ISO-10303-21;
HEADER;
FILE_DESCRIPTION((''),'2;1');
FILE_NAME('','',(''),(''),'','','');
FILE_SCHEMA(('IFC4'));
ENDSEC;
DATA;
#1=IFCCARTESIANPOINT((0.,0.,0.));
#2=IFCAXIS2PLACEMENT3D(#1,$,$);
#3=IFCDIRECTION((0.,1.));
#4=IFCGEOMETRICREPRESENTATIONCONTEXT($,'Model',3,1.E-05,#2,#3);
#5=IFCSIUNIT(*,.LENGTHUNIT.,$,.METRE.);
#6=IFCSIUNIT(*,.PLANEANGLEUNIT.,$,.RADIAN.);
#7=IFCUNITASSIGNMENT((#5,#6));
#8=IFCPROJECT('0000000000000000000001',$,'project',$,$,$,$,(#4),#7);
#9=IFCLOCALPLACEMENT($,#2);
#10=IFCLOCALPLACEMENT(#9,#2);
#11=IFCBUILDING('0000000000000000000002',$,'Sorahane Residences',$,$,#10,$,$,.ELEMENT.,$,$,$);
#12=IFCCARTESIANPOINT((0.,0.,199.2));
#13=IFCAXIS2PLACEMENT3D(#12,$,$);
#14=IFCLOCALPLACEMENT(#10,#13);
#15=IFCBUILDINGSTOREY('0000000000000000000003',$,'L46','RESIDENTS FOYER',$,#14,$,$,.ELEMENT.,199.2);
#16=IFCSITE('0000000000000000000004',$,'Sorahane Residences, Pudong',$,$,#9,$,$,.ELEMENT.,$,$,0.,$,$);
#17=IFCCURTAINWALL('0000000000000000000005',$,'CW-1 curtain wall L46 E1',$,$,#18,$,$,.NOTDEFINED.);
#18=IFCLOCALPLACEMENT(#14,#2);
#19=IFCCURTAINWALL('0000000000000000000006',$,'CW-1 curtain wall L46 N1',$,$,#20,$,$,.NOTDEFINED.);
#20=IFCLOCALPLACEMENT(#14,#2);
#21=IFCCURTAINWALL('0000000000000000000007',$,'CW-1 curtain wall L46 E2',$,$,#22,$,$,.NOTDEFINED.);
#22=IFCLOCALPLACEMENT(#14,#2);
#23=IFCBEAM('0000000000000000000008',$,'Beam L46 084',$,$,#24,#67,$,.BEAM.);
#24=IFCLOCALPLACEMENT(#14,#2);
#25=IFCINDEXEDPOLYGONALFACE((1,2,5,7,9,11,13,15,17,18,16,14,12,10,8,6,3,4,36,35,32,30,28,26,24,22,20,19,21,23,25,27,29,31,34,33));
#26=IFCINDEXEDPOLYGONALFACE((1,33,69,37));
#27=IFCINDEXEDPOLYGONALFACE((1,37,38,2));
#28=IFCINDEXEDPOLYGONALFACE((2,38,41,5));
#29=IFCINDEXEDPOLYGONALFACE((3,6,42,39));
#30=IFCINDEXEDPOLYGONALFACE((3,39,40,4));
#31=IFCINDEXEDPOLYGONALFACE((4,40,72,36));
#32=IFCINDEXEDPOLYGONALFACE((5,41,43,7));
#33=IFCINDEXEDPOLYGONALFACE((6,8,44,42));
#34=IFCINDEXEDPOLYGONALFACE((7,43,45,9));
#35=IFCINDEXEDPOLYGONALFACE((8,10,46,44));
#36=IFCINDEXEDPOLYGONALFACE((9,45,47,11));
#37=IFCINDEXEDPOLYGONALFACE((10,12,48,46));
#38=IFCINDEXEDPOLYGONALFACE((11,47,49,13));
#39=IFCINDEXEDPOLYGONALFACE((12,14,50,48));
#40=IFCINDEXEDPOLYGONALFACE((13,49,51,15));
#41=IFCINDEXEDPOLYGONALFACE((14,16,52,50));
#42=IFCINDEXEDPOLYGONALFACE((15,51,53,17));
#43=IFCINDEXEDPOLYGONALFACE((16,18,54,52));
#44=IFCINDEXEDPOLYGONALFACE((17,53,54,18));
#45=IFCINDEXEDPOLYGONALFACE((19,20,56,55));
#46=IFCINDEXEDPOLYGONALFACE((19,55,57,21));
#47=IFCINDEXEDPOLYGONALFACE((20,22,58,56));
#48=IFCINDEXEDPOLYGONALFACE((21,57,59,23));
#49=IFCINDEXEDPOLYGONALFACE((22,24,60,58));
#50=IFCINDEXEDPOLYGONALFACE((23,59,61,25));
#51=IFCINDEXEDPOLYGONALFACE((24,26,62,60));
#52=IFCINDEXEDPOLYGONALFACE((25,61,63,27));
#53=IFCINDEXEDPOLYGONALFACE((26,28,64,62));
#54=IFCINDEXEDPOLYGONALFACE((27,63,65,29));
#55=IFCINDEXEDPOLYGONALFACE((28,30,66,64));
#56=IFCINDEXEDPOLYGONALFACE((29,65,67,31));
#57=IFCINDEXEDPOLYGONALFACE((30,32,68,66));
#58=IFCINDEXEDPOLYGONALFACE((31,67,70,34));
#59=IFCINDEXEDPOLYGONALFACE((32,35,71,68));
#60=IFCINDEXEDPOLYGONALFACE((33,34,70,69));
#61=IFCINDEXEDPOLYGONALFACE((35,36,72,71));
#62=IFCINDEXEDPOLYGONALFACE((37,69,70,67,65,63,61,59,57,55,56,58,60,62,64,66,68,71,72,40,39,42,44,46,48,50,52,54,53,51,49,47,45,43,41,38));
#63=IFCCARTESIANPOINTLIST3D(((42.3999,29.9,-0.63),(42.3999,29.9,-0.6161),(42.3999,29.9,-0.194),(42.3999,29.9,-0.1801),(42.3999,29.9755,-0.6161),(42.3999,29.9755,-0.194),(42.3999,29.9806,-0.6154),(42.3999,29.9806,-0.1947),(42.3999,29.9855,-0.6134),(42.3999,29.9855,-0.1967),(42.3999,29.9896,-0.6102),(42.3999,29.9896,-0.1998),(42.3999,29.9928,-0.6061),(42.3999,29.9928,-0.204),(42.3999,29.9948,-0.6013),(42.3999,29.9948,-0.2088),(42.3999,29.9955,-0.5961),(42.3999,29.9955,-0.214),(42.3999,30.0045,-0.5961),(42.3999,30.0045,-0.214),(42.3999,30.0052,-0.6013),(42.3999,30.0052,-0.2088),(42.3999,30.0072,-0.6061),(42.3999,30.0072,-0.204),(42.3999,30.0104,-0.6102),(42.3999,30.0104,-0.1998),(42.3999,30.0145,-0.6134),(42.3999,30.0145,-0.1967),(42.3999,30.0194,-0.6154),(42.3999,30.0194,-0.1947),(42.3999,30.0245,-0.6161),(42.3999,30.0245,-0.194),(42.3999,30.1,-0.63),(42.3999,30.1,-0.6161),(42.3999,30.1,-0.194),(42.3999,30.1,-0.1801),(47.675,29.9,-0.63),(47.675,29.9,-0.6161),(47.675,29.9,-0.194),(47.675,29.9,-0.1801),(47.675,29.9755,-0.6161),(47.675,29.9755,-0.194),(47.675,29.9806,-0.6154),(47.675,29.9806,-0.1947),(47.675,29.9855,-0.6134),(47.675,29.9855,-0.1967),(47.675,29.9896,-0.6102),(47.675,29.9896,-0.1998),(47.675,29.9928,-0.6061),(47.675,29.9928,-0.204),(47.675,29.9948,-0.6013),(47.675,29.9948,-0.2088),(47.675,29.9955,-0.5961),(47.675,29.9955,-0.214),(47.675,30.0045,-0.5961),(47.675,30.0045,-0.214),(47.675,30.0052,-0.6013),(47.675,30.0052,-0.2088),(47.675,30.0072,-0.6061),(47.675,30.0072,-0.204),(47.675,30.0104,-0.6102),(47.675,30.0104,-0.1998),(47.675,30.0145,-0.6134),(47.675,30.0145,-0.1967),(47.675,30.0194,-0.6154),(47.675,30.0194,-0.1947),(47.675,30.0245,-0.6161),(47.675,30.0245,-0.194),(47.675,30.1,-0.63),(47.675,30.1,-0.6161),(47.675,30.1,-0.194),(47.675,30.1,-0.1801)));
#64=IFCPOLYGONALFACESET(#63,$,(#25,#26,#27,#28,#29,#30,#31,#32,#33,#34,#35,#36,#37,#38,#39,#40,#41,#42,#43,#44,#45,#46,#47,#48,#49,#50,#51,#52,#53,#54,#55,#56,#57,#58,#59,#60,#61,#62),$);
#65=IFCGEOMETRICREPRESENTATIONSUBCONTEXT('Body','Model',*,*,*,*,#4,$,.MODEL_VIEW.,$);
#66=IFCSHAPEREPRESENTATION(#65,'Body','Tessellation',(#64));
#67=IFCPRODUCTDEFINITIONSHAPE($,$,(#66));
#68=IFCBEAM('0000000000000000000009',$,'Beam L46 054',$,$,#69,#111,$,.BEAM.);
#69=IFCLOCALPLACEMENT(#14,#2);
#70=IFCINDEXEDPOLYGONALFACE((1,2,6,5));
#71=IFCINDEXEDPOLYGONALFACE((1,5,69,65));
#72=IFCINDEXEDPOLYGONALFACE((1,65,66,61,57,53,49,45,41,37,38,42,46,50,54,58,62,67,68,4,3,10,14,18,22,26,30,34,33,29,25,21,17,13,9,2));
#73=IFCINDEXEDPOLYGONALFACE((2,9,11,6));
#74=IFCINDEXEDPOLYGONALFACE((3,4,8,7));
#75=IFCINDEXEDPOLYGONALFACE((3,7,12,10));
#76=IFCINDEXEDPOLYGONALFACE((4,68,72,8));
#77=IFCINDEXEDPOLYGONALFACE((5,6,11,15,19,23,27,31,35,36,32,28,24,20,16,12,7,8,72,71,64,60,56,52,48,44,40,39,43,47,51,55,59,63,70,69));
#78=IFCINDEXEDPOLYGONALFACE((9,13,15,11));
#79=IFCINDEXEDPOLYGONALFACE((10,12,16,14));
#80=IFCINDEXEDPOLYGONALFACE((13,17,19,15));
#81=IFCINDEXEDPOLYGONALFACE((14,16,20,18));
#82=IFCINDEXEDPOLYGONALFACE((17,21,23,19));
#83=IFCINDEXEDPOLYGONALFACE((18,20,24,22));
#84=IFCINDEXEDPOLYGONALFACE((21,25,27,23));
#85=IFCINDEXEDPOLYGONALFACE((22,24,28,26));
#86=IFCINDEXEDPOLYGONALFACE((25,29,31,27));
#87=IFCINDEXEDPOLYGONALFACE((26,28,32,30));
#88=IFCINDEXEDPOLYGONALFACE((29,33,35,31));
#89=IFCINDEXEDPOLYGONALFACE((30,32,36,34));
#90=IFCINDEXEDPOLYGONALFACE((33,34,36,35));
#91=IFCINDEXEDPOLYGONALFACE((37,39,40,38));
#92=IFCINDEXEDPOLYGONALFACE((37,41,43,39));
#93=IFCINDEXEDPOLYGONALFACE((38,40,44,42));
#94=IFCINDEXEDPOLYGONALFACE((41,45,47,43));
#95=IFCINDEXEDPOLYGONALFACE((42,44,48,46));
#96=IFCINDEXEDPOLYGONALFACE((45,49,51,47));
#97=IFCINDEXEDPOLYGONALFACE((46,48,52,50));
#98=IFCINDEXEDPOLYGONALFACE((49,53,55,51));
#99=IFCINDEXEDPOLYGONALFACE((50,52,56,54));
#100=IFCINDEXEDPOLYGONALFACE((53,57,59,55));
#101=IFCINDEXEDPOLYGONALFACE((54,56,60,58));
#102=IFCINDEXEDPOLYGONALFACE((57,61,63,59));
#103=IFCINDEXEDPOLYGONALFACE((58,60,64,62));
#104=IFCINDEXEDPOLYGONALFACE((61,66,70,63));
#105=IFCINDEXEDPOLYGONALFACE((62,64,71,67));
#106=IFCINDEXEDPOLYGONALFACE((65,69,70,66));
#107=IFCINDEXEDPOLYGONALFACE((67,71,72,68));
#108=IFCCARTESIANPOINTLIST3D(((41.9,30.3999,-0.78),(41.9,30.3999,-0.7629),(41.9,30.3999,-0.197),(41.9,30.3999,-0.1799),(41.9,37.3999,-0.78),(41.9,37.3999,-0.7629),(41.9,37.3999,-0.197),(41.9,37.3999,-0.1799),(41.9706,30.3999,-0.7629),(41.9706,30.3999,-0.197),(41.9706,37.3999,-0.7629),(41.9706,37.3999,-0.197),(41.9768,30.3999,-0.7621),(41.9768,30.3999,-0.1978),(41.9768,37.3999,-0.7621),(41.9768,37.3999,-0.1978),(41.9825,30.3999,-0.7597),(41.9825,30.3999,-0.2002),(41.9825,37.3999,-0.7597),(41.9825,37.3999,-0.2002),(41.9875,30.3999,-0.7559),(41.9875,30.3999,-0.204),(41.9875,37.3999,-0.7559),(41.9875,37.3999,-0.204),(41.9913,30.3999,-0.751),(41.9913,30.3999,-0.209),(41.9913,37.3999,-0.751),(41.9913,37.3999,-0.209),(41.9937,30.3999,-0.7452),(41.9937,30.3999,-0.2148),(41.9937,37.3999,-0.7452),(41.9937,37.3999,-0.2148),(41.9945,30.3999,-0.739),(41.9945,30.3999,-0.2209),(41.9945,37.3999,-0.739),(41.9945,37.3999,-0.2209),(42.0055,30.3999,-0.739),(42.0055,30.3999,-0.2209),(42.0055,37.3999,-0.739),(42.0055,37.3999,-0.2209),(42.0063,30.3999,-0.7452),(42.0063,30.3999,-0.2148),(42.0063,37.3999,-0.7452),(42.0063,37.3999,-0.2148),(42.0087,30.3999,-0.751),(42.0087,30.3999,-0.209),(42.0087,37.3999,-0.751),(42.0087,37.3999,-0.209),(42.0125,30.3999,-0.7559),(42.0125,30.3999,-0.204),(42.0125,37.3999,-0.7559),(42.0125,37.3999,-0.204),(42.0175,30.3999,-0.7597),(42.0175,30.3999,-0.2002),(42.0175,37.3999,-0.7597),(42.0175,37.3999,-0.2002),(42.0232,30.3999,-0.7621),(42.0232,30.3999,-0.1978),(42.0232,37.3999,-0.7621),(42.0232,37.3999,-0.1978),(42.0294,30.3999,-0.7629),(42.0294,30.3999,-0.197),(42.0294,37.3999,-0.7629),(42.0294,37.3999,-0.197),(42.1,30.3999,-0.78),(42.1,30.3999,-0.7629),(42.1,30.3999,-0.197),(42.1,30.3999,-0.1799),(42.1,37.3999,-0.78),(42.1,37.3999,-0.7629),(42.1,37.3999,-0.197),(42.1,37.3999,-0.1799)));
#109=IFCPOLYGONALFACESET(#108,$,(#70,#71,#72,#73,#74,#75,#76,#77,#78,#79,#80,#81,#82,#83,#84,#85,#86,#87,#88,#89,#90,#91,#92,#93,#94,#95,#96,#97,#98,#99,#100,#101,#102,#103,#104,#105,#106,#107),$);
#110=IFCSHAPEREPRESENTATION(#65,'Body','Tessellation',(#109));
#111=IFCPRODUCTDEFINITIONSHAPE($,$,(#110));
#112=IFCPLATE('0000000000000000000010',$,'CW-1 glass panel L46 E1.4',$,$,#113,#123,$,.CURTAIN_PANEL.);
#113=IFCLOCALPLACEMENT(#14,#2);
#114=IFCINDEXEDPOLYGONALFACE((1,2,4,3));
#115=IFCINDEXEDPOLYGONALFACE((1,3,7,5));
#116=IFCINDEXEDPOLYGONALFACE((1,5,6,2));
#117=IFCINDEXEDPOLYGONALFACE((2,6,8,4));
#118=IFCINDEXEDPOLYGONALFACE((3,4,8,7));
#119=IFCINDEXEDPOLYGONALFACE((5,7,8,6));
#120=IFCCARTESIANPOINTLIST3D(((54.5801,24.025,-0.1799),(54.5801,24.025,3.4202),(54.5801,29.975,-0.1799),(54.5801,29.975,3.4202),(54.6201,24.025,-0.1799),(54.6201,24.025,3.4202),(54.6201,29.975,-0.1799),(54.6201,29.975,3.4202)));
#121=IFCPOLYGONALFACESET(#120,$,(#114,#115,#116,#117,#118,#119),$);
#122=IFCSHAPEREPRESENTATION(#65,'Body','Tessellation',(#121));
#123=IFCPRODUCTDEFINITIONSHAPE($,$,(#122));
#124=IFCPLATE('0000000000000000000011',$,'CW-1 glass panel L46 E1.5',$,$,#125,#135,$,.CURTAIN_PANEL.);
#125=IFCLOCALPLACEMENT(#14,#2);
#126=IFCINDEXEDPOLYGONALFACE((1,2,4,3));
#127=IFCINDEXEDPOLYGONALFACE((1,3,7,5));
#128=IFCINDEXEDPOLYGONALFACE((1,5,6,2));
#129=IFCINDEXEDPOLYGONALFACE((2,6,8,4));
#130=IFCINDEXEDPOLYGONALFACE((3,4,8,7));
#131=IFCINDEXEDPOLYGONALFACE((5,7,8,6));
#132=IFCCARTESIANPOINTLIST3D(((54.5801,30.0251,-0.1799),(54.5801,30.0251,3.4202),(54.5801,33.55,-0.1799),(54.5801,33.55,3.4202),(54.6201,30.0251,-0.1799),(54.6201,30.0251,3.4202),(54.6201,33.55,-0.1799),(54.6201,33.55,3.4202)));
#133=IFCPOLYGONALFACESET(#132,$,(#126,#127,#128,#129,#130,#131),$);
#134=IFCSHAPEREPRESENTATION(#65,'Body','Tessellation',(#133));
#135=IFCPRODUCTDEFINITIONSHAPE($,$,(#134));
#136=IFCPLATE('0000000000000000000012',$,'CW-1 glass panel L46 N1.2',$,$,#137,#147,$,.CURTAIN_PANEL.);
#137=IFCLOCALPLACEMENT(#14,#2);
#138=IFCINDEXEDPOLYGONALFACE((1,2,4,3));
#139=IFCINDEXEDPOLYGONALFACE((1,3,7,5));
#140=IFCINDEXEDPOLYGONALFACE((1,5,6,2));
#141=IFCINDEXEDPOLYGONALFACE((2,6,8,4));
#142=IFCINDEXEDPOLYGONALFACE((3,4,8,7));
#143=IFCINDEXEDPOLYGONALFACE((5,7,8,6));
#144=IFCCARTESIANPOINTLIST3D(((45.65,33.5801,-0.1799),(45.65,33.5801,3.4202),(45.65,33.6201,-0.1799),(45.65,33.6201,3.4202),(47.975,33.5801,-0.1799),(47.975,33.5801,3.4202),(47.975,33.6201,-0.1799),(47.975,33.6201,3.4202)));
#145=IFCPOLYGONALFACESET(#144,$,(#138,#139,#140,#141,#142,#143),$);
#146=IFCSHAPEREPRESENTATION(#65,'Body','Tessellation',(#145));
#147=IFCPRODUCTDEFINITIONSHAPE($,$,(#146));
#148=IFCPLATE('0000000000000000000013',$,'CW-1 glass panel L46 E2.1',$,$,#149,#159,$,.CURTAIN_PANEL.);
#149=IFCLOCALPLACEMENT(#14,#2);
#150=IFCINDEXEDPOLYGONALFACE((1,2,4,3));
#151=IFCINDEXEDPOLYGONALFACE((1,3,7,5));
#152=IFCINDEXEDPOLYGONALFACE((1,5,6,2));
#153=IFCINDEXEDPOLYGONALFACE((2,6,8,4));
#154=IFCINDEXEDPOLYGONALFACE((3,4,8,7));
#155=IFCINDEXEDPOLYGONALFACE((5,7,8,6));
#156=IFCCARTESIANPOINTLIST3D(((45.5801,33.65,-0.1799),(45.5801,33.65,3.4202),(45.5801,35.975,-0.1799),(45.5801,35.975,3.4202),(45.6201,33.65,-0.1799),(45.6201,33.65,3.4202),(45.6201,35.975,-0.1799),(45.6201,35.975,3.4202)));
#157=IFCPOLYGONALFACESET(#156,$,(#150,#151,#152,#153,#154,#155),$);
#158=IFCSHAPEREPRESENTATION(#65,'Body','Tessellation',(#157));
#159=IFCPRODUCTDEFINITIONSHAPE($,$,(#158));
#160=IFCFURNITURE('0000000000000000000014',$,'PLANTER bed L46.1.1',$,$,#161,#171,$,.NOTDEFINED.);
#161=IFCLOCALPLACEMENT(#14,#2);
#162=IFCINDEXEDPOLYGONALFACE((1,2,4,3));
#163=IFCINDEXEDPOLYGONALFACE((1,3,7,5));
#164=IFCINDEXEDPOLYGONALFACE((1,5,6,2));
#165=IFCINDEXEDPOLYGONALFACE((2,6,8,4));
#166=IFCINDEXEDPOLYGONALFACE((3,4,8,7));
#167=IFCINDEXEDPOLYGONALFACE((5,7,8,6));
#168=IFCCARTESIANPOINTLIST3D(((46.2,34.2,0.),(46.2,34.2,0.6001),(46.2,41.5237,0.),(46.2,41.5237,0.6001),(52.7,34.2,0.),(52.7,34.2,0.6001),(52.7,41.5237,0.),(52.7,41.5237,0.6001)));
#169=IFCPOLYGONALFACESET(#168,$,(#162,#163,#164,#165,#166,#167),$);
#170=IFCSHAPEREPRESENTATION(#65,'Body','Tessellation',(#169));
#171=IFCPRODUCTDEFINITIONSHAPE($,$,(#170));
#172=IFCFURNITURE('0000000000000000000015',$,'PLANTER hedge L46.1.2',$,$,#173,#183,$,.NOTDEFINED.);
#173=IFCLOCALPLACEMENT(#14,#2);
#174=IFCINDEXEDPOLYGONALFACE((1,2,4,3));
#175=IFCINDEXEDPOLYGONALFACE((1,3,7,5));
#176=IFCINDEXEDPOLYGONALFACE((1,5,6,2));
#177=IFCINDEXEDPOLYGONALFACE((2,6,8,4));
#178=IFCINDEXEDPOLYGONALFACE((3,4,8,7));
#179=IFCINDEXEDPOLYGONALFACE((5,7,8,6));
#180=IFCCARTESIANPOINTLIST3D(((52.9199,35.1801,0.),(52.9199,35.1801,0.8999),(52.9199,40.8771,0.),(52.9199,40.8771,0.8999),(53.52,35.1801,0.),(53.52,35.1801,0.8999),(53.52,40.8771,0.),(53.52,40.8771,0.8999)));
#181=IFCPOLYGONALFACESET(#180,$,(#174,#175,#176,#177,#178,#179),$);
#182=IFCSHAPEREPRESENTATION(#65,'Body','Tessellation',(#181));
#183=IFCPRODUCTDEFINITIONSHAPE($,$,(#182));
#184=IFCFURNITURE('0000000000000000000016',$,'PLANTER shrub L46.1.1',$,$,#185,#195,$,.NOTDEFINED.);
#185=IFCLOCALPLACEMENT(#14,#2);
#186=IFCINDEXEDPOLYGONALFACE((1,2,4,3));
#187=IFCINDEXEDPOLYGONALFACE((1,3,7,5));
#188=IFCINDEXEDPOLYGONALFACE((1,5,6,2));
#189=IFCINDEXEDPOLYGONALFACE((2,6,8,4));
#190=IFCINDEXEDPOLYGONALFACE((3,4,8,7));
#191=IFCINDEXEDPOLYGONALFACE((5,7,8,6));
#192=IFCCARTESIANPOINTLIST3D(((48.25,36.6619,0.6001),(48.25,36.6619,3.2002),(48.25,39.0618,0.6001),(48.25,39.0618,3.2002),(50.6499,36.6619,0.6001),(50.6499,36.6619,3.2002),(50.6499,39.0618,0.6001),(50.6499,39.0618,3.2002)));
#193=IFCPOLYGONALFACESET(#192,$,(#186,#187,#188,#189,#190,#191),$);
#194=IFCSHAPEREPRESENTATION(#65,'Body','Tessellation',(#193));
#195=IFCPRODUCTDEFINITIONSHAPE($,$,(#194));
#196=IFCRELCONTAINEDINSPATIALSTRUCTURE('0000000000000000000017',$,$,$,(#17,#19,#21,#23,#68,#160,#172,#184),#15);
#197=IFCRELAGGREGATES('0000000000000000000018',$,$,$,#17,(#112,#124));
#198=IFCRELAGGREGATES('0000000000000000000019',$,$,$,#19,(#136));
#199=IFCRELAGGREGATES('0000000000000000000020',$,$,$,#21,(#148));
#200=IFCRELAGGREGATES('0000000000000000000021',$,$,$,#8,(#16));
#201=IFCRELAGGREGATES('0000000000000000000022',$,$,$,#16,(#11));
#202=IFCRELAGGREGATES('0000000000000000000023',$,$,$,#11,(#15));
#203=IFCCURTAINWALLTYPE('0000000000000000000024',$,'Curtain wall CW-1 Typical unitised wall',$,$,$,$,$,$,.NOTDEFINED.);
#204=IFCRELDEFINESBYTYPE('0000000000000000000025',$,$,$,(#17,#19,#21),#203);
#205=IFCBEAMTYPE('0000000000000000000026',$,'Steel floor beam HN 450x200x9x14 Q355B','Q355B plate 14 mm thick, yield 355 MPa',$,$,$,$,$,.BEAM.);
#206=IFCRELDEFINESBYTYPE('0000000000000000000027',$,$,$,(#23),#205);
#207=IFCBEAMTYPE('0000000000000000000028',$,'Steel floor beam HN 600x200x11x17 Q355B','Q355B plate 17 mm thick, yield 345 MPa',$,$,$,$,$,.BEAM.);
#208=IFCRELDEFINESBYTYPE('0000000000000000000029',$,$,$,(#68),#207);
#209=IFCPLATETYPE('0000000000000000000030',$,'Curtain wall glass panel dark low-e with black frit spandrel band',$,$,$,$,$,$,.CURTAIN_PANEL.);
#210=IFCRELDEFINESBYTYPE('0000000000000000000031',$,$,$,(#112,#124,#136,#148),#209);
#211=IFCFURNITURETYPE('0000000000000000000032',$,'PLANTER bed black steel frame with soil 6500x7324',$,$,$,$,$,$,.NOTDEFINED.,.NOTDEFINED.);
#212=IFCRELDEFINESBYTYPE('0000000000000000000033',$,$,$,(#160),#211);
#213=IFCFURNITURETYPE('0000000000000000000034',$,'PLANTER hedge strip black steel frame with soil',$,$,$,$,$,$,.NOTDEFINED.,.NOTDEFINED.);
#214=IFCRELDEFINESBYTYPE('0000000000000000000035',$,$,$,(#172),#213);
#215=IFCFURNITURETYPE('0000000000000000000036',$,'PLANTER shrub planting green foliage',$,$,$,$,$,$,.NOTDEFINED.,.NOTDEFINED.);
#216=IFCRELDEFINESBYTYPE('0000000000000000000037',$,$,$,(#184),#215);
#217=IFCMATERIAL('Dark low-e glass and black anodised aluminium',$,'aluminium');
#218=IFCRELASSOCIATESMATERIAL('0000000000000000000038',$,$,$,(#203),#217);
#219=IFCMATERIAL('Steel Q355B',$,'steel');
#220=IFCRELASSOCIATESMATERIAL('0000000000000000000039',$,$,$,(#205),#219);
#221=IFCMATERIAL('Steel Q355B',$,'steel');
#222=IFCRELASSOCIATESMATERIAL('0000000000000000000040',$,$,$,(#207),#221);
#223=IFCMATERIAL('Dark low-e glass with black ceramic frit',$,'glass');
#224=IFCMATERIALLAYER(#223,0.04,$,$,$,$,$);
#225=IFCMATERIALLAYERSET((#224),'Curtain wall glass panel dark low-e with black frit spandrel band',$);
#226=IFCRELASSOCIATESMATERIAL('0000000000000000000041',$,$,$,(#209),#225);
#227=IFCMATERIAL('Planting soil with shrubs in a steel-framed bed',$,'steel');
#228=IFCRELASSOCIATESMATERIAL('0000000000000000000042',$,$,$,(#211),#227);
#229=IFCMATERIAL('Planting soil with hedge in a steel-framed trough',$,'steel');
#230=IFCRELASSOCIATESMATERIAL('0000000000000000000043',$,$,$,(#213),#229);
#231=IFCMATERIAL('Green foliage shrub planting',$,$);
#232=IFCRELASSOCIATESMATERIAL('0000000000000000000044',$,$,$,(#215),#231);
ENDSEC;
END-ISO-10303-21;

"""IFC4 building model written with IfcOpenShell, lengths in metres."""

from ifc_helpers import new_model, si_unit, direction, frame, origin, origin_2d, place, context, subcontext, project, spatial, rectangle, i_section, extrude, material, layer, layer_set, material_profile, profile_set, type_object, element, aggregate, save


model = new_model("IFC4")

# Units and contexts
model_context = context("Model", 3, precision=1e-05, world=origin(), true_north=direction((0.0, 1.0)))
body_context = subcontext(model_context, "Body", "Model", "MODEL_VIEW")
ifc_project = project(units=[si_unit("LENGTHUNIT", "METRE"), si_unit("PLANEANGLEUNIT", "RADIAN")], contexts=[model_context])

# Site, building, storey
site_placement = place(None, origin())
site = spatial("IfcSite", under=ifc_project, at=site_placement, Name="Sorahane Residences, Pudong", CompositionType="ELEMENT", RefElevation=0.0)
building_placement = place(site_placement, origin())
building = spatial("IfcBuilding", under=site, at=building_placement, Name="Sorahane Residences", CompositionType="ELEMENT")
storey_placement = place(building_placement, frame((0.0, 0.0, 199.2)))
storey = spatial("IfcBuildingStorey", under=building, at=storey_placement, Name="L46", Description="RESIDENTS FOYER", CompositionType="ELEMENT", Elevation=199.2)

# Curtain walls
ifc_material_1 = material(Name="Dark low-e glass and black anodised aluminium", Category="aluminium")
curtain_wall_type = type_object("IfcCurtainWallType", Name="Curtain wall CW-1 Typical unitised wall", PredefinedType="NOTDEFINED", material=ifc_material_1)
curtain_wall_1_placement = place(storey_placement, origin())
curtain_wall_1 = element("IfcCurtainWall", 1, at=curtain_wall_1_placement, inside=storey, type_object=curtain_wall_type, Name="CW-1 curtain wall L46 E1", PredefinedType="NOTDEFINED")
curtain_wall_2_placement = place(storey_placement, origin())
curtain_wall_2 = element("IfcCurtainWall", 2, at=curtain_wall_2_placement, inside=storey, type_object=curtain_wall_type, Name="CW-1 curtain wall L46 N1", PredefinedType="NOTDEFINED")

# Curtain wall
curtain_wall_3_placement = place(storey_placement, origin())
curtain_wall_3 = element("IfcCurtainWall", 3, at=curtain_wall_3_placement, inside=storey, type_object=curtain_wall_type, Name="CW-1 curtain wall L46 E2", PredefinedType="NOTDEFINED")

# Beams
ifc_material_2 = material(Name="Steel Q355B", Category="steel")
ifc_material_profile_1 = material_profile(ifc_material_2, i_section(OverallWidth=0.2, OverallDepth=0.45, WebThickness=0.009, FlangeThickness=0.0139, FilletRadius=0.02, at=origin_2d()), Name="HN 450x200x9x14")
ifc_profile_set_1 = profile_set([ifc_material_profile_1], Name="Steel Q355B")
beam_type_1 = type_object("IfcBeamType", Name="Steel floor beam HN 450x200x9x14 Q355B", Description="Q355B plate 14 mm thick, yield 355 MPa", PredefinedType="BEAM", material=ifc_profile_set_1)
beam_1_placement = place(storey_placement, frame((42.3999, 30.0, -0.405), z_axis=(1.0, 0.0, 0.0), x_axis=(0.0, 1.0, 0.0)))
element("IfcBeam", 4, at=beam_1_placement, inside=storey, type_object=beam_type_1, Name="Beam L46 084", PredefinedType="BEAM", context=body_context, shape_type="SweptSolid", body=[
    extrude(i_section(OverallWidth=0.2, OverallDepth=0.45, WebThickness=0.009, FlangeThickness=0.0139, FilletRadius=0.02, at=origin_2d()), origin(), (0.0, 0.0, 1.0), 5.2751),
])
ifc_material_3 = material(Name="Steel Q355B", Category="steel")
ifc_material_profile_2 = material_profile(ifc_material_3, i_section(OverallWidth=0.2, OverallDepth=0.6001, WebThickness=0.011, FlangeThickness=0.0171, FilletRadius=0.0239, at=origin_2d()), Name="HN 600x200x11x17")
ifc_profile_set_2 = profile_set([ifc_material_profile_2], Name="Steel Q355B")
beam_type_2 = type_object("IfcBeamType", Name="Steel floor beam HN 600x200x11x17 Q355B", Description="Q355B plate 17 mm thick, yield 345 MPa", PredefinedType="BEAM", material=ifc_profile_set_2)
beam_2_placement = place(storey_placement, frame((42.0, 30.3999, -0.48), z_axis=(0.0, 1.0, 0.0), x_axis=(-1.0, 0.0, 0.0)))
element("IfcBeam", 5, at=beam_2_placement, inside=storey, type_object=beam_type_2, Name="Beam L46 054", PredefinedType="BEAM", context=body_context, shape_type="SweptSolid", body=[
    extrude(i_section(OverallWidth=0.2, OverallDepth=0.6001, WebThickness=0.011, FlangeThickness=0.0171, FilletRadius=0.0239, at=origin_2d()), origin(), (0.0, 0.0, 1.0), 7.0),
])

# Plates
ifc_material_4 = material(Name="Dark low-e glass with black ceramic frit", Category="glass")
ifc_layer_1 = layer(ifc_material_4, 0.04)
ifc_layer_set_1 = layer_set([ifc_layer_1], Name="Curtain wall glass panel dark low-e with black frit spandrel band")
plate_type = type_object("IfcPlateType", Name="Curtain wall glass panel dark low-e with black frit spandrel band", PredefinedType="CURTAIN_PANEL", material=ifc_layer_set_1)
plate_1_placement = place(storey_placement, frame((54.6001, 27.0, -0.1799), z_axis=(0.0, 0.0, 1.0), x_axis=(0.0, 1.0, 0.0)))
plate_1 = element("IfcPlate", 6, at=plate_1_placement, type_object=plate_type, Name="CW-1 glass panel L46 E1.4", PredefinedType="CURTAIN_PANEL", context=body_context, shape_type="SweptSolid", body=[
    extrude(rectangle(XDim=5.95, YDim=0.04, at=origin_2d()), origin(), (0.0, 0.0, 1.0), 3.6001),
])
plate_2_placement = place(storey_placement, frame((54.6001, 31.7876, -0.1799), z_axis=(0.0, 0.0, 1.0), x_axis=(0.0, 1.0, 0.0)))
plate_2 = element("IfcPlate", 7, at=plate_2_placement, type_object=plate_type, Name="CW-1 glass panel L46 E1.5", PredefinedType="CURTAIN_PANEL", context=body_context, shape_type="SweptSolid", body=[
    extrude(rectangle(XDim=3.5249, YDim=0.04, at=origin_2d()), origin(), (0.0, 0.0, 1.0), 3.6001),
])
aggregate(curtain_wall_1, [plate_1, plate_2])
plate_3_placement = place(storey_placement, frame((46.8125, 33.6001, -0.1799), z_axis=(0.0, 0.0, 1.0), x_axis=(-1.0, 0.0, 0.0)))
plate_3 = element("IfcPlate", 8, at=plate_3_placement, type_object=plate_type, Name="CW-1 glass panel L46 N1.2", PredefinedType="CURTAIN_PANEL", context=body_context, shape_type="SweptSolid", body=[
    extrude(rectangle(XDim=2.325, YDim=0.04, at=origin_2d()), origin(), (0.0, 0.0, 1.0), 3.6001),
])
aggregate(curtain_wall_2, [plate_3])
plate_4_placement = place(storey_placement, frame((45.6001, 34.8125, -0.1799), z_axis=(0.0, 0.0, 1.0), x_axis=(0.0, 1.0, 0.0)))
plate_4 = element("IfcPlate", 9, at=plate_4_placement, type_object=plate_type, Name="CW-1 glass panel L46 E2.1", PredefinedType="CURTAIN_PANEL", context=body_context, shape_type="SweptSolid", body=[
    extrude(rectangle(XDim=2.325, YDim=0.04, at=origin_2d()), origin(), (0.0, 0.0, 1.0), 3.6001),
])
aggregate(curtain_wall_3, [plate_4])

# Furniture
ifc_material_5 = material(Name="Planting soil with shrubs in a steel-framed bed", Category="steel")
furniture_type_1 = type_object("IfcFurnitureType", Name="PLANTER bed black steel frame with soil 6500x7324", AssemblyPlace="NOTDEFINED", PredefinedType="NOTDEFINED", material=ifc_material_5)
furniture_1_placement = place(storey_placement, frame((49.45, 37.8618, 0.0), z_axis=(0.0, 0.0, 1.0), x_axis=(1.0, 0.0, 0.0)))
element("IfcFurniture", 10, at=furniture_1_placement, inside=storey, type_object=furniture_type_1, Name="PLANTER bed L46.1.1", PredefinedType="NOTDEFINED", context=body_context, shape_type="SweptSolid", body=[
    extrude(rectangle(XDim=6.5, YDim=7.3237, at=origin_2d()), origin(), (0.0, 0.0, 1.0), 0.6001),
])
ifc_material_6 = material(Name="Planting soil with hedge in a steel-framed trough", Category="steel")
furniture_type_2 = type_object("IfcFurnitureType", Name="PLANTER hedge strip black steel frame with soil", AssemblyPlace="NOTDEFINED", PredefinedType="NOTDEFINED", material=ifc_material_6)
furniture_2_placement = place(storey_placement, frame((53.22, 38.0286, 0.0), z_axis=(0.0, 0.0, 1.0), x_axis=(0.0, -1.0, 0.0)))
element("IfcFurniture", 11, at=furniture_2_placement, inside=storey, type_object=furniture_type_2, Name="PLANTER hedge L46.1.2", PredefinedType="NOTDEFINED", context=body_context, shape_type="SweptSolid", body=[
    extrude(rectangle(XDim=5.697, YDim=0.6001, at=origin_2d()), origin(), (0.0, 0.0, 1.0), 0.8999),
])
ifc_material_7 = material(Name="Green foliage shrub planting")
furniture_type_3 = type_object("IfcFurnitureType", Name="PLANTER shrub planting green foliage", AssemblyPlace="NOTDEFINED", PredefinedType="NOTDEFINED", material=ifc_material_7)
furniture_3_placement = place(storey_placement, frame((49.45, 37.8618, 0.6001), z_axis=(0.0, 0.0, 1.0), x_axis=(1.0, 0.0, 0.0)))
element("IfcFurniture", 12, at=furniture_3_placement, inside=storey, type_object=furniture_type_3, Name="PLANTER shrub L46.1.1", PredefinedType="NOTDEFINED", context=body_context, shape_type="SweptSolid", body=[
    extrude(rectangle(XDim=2.3999, YDim=2.3999, at=origin_2d()), origin(), (0.0, 0.0, 1.0), 2.6001),
])

save(model, "model.ifc")
